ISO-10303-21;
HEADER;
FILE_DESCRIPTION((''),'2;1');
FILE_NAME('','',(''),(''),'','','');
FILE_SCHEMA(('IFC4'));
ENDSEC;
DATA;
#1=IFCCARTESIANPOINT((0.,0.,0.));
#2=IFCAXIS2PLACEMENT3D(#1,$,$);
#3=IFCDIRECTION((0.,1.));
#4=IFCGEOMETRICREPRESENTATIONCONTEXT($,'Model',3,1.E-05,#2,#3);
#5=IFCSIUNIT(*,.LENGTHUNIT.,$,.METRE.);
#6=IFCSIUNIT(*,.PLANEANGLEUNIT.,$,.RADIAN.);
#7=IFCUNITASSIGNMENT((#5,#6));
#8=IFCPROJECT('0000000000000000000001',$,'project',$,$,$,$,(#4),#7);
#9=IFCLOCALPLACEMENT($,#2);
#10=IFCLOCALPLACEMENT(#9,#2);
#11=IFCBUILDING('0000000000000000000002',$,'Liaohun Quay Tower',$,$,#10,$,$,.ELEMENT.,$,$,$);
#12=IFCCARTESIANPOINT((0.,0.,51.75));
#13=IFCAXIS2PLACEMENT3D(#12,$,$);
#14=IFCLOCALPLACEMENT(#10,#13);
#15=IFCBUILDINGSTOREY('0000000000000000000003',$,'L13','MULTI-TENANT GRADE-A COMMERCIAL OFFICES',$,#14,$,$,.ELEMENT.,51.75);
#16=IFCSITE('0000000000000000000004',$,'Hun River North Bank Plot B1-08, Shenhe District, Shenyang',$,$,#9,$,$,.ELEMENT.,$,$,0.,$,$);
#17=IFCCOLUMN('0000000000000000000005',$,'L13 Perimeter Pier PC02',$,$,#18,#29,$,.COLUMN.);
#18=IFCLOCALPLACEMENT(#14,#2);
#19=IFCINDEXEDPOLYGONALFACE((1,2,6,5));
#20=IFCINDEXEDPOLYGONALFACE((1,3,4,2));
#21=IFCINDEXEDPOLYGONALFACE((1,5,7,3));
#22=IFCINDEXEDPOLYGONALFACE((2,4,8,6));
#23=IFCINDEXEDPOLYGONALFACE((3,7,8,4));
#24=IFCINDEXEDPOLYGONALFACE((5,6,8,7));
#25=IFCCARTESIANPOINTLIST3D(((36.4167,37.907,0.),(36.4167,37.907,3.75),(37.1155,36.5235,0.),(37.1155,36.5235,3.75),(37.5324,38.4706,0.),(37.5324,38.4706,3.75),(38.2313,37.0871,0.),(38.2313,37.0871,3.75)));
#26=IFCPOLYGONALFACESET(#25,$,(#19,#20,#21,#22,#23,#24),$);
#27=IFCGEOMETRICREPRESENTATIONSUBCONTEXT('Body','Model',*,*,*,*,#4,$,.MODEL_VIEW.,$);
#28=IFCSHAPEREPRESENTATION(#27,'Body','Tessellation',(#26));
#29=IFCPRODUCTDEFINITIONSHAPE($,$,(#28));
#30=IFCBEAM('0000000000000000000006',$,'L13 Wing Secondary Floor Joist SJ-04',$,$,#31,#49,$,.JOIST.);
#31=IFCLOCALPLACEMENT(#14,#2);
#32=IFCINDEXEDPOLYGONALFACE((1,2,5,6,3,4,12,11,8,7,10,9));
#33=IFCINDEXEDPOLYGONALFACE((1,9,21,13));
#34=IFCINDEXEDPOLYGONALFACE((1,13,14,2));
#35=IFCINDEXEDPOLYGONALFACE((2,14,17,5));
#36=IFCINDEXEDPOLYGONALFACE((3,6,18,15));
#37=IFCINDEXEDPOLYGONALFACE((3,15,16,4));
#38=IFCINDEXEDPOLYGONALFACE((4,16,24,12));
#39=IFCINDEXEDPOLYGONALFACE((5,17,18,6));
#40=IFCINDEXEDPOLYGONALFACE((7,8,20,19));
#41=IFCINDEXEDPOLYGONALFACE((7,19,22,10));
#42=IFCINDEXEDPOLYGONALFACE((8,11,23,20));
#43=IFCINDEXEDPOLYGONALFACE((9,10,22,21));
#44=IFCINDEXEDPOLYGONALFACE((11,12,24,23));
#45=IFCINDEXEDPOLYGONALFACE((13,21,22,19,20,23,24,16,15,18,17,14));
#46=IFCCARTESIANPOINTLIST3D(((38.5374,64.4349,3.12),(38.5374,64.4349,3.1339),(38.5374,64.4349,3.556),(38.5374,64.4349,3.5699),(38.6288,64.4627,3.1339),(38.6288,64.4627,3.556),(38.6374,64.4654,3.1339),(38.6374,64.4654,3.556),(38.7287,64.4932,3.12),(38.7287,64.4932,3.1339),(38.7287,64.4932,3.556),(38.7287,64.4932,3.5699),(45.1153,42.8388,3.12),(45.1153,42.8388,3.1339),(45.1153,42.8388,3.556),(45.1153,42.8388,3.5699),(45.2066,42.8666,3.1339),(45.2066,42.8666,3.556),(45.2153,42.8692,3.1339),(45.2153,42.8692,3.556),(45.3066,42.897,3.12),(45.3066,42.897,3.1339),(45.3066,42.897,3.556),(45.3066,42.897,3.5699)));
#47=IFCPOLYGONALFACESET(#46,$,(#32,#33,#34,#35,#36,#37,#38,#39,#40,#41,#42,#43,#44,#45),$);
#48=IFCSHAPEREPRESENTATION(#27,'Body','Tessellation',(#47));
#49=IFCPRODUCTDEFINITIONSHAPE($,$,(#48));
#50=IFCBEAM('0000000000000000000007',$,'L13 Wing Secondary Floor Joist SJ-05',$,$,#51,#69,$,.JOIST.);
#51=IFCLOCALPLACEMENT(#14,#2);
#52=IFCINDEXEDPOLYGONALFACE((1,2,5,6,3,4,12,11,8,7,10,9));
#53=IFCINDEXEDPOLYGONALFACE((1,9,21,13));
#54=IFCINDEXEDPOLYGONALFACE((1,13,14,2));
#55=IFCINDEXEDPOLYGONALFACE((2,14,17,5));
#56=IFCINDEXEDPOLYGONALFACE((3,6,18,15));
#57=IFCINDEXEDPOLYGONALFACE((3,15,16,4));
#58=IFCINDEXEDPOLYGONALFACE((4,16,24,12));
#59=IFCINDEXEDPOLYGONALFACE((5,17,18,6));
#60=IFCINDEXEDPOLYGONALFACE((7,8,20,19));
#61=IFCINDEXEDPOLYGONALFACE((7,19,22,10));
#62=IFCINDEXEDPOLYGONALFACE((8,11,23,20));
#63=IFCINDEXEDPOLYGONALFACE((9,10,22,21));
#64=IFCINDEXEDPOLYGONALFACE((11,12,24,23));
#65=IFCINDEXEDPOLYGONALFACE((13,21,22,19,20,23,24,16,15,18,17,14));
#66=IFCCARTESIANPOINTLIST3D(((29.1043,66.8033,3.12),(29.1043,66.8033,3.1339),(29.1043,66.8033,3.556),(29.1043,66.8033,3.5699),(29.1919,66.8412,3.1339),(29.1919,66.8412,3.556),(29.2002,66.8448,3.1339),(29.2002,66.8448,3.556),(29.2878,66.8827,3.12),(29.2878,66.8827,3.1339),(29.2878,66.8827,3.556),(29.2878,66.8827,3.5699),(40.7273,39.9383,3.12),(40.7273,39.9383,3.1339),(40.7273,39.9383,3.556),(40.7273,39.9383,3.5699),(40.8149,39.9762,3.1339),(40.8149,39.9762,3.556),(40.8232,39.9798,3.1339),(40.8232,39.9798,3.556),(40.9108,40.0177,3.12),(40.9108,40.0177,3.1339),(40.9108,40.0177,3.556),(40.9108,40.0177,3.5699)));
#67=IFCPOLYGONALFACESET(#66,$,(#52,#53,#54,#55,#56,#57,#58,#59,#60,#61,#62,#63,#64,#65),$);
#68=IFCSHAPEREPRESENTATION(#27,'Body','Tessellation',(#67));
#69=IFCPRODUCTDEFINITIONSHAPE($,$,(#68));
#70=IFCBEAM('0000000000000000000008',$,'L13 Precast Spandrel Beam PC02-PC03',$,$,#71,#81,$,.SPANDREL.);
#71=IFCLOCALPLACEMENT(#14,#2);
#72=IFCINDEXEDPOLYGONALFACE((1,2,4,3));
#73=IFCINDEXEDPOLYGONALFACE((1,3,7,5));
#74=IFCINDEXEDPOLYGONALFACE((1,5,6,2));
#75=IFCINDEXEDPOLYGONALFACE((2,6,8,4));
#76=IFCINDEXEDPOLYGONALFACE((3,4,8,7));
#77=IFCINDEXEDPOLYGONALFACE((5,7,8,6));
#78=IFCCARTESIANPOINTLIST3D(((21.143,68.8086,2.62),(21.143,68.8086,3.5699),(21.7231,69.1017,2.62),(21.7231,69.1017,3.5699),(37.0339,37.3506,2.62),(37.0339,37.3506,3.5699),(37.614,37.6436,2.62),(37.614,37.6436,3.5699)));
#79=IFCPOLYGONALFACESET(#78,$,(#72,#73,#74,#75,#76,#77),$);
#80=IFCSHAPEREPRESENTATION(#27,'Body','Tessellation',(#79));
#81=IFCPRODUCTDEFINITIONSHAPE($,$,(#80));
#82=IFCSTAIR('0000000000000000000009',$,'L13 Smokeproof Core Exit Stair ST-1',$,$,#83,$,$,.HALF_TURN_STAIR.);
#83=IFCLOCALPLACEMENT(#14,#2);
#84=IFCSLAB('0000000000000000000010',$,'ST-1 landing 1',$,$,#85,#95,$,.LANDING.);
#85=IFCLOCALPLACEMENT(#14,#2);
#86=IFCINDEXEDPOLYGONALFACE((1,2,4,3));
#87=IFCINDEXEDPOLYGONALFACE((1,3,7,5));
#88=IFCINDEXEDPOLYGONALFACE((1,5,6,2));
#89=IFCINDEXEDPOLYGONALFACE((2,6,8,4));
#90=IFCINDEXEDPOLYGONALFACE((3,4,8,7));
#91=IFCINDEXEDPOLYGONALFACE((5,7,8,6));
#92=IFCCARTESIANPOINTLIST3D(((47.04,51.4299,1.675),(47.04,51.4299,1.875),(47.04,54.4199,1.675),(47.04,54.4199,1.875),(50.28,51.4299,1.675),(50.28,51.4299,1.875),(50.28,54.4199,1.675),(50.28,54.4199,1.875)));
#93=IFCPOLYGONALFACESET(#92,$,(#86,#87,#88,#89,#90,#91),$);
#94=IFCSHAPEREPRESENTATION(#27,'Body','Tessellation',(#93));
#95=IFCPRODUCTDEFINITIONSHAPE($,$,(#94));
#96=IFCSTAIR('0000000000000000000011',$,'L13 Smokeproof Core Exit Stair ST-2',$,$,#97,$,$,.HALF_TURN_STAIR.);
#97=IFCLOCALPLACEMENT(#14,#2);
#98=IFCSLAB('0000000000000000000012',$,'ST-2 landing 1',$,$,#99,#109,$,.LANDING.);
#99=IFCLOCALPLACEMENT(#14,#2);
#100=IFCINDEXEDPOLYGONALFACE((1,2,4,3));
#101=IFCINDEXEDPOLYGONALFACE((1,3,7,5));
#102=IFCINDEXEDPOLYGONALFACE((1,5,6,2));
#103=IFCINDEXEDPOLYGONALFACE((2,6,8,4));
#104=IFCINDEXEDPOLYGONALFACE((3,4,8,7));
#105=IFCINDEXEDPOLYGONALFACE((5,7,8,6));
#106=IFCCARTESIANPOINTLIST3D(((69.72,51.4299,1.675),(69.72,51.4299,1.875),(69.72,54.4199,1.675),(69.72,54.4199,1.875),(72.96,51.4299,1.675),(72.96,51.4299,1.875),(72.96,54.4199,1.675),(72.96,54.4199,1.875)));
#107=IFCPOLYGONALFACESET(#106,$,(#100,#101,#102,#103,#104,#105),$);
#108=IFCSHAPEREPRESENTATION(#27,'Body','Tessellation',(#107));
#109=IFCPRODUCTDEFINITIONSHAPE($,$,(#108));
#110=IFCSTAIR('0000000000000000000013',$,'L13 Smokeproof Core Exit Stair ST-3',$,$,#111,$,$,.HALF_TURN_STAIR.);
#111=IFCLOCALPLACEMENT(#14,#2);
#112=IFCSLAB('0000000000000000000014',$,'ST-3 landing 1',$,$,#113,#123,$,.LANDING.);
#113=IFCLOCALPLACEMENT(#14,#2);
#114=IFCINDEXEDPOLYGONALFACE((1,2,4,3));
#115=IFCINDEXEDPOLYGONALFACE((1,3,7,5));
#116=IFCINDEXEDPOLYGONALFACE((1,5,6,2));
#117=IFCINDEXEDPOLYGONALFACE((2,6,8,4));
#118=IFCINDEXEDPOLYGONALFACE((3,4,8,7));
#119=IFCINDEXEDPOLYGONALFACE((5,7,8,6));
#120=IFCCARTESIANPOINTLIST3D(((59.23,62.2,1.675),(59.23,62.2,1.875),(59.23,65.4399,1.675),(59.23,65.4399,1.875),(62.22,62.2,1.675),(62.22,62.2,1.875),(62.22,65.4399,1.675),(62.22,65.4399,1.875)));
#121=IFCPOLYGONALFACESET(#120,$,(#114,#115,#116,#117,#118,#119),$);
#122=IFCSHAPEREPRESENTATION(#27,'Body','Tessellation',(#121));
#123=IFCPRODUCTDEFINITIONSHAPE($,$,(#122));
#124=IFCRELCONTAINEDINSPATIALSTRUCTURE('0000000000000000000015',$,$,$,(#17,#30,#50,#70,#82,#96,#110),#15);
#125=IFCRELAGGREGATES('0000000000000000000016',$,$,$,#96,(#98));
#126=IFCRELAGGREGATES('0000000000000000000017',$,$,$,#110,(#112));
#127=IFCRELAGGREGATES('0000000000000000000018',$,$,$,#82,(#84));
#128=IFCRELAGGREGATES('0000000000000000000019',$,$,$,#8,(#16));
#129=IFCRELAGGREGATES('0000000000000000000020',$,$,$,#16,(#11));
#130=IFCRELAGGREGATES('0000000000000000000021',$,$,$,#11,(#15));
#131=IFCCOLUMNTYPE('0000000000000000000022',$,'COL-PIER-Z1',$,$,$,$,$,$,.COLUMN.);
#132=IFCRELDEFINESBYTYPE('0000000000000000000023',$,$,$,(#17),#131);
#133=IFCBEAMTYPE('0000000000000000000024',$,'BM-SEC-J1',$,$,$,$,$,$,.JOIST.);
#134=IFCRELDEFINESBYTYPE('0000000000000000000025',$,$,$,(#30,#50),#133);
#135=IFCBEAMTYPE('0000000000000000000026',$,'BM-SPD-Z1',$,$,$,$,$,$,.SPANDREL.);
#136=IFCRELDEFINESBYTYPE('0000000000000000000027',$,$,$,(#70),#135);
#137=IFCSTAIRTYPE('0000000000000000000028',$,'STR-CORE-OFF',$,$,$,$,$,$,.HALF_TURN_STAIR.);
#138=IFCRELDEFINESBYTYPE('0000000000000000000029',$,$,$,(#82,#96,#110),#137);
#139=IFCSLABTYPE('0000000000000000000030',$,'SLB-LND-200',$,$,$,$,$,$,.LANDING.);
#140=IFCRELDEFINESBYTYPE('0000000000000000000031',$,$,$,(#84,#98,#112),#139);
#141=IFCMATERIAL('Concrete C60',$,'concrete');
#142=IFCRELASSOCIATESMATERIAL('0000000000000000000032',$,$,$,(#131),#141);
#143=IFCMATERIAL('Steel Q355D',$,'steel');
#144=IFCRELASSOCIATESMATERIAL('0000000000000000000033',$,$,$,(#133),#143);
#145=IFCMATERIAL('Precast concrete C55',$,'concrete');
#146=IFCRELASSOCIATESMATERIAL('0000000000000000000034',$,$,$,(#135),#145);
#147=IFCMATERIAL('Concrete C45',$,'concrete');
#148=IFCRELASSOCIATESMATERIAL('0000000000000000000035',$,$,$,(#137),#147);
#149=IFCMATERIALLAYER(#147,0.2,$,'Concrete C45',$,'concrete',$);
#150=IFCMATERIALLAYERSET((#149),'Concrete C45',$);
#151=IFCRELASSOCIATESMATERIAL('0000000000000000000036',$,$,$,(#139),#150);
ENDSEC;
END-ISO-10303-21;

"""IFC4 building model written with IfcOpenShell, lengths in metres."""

from ifc_helpers import new_model, si_unit, direction, frame, origin, origin_2d, place, context, subcontext, project, spatial, polyline, rectangle, i_section, outline, extrude, source, transform, mapped, material, layer, layer_set, material_profile, profile_set, type_object, element, aggregate, save


model = new_model("IFC4")

# Units and contexts
model_context = context("Model", 3, precision=1e-05, world=origin(), true_north=direction((0.0, 1.0)))
body_context = subcontext(model_context, "Body", "Model", "MODEL_VIEW")
ifc_project = project(units=[si_unit("LENGTHUNIT", "METRE"), si_unit("PLANEANGLEUNIT", "RADIAN")], contexts=[model_context])

# Site, building, storey
site_placement = place(None, origin())
site = spatial("IfcSite", under=ifc_project, at=site_placement, Name="Hun River North Bank Plot B1-08, Shenhe District, Shenyang", CompositionType="ELEMENT", RefElevation=0.0)
building_placement = place(site_placement, origin())
building = spatial("IfcBuilding", under=site, at=building_placement, Name="Liaohun Quay Tower", CompositionType="ELEMENT")
storey_placement = place(building_placement, frame((0.0, 0.0, 51.75)))
storey = spatial("IfcBuildingStorey", under=building, at=storey_placement, Name="L13", Description="MULTI-TENANT GRADE-A COMMERCIAL OFFICES", CompositionType="ELEMENT", Elevation=51.75)

# Column
ifc_material_1 = material(Name="Concrete C60", Category="concrete")
ifc_material_profile_1 = material_profile(ifc_material_1, rectangle(XDim=1.55, YDim=1.25, at=origin_2d()), Name="RC1550x1250")
ifc_profile_set_1 = profile_set([ifc_material_profile_1], Name="Concrete C60")
column_type = type_object("IfcColumnType", Name="COL-PIER-Z1", PredefinedType="COLUMN", material=ifc_profile_set_1)
shared_shape_1 = source(origin(), body_context, "Body", "SweptSolid", [
    extrude(rectangle(XDim=1.55, YDim=1.25, at=origin_2d()), origin(), (0.0, 0.0, 1.0), 3.75),
])
column_placement = place(storey_placement, frame((37.324, 37.4971, 0.0), z_axis=(0.0, 0.0, 1.0), x_axis=(-0.450878, 0.892586, 0.0)))
element("IfcColumn", 1, at=column_placement, inside=storey, type_object=column_type, Name="L13 Perimeter Pier PC02", PredefinedType="COLUMN", context=body_context, shape_type="MappedRepresentation", body=[
    mapped(shared_shape_1, transform((0.0, 0.0, 0.0), x_axis=(1.0, 0.0, 0.0), y_axis=(0.0, 1.0, 0.0), z_axis=(0.0, 0.0, 1.0), scale=1.0)),
])

# Beams
ifc_material_2 = material(Name="Steel Q355D", Category="steel")
ifc_material_profile_2 = material_profile(ifc_material_2, i_section(OverallWidth=0.2, OverallDepth=0.45, WebThickness=0.009, FlangeThickness=0.0139, at=origin_2d()), Name="HN450x200x9x14")
ifc_profile_set_2 = profile_set([ifc_material_profile_2], Name="Steel Q355D")
beam_type_1 = type_object("IfcBeamType", Name="BM-SEC-J1", PredefinedType="JOIST", material=ifc_profile_set_2)
shared_shape_2 = source(origin(), body_context, "Body", "SweptSolid", [
    extrude(i_section(OverallWidth=0.2, OverallDepth=0.45, WebThickness=0.009, FlangeThickness=0.0139, at=origin_2d()), origin(), (0.0, 0.0, 1.0), 22.5757),
])
beam_1_placement = place(storey_placement, frame((45.2109, 42.8679, 3.345), z_axis=(-0.291369, 0.956611, 0.0), x_axis=(-0.956611, -0.291369, 0.0)))
element("IfcBeam", 2, at=beam_1_placement, inside=storey, type_object=beam_type_1, Name="L13 Wing Secondary Floor Joist SJ-04", PredefinedType="JOIST", context=body_context, shape_type="MappedRepresentation", body=[
    mapped(shared_shape_2, transform((0.0, 0.0, 0.0), x_axis=(1.0, 0.0, 0.0), y_axis=(0.0, 1.0, 0.0), z_axis=(0.0, 0.0, 1.0), scale=1.0)),
])
shared_shape_3 = source(origin(), body_context, "Body", "SweptSolid", [
    extrude(i_section(OverallWidth=0.2, OverallDepth=0.45, WebThickness=0.009, FlangeThickness=0.0139, at=origin_2d()), origin(), (0.0, 0.0, 1.0), 29.2715),
])
beam_2_placement = place(storey_placement, frame((40.8191, 39.978, 3.345), z_axis=(-0.397077, 0.917785, 0.0), x_axis=(-0.917785, -0.397077, 0.0)))
element("IfcBeam", 3, at=beam_2_placement, inside=storey, type_object=beam_type_1, Name="L13 Wing Secondary Floor Joist SJ-05", PredefinedType="JOIST", context=body_context, shape_type="MappedRepresentation", body=[
    mapped(shared_shape_3, transform((0.0, 0.0, 0.0), x_axis=(1.0, 0.0, 0.0), y_axis=(0.0, 1.0, 0.0), z_axis=(0.0, 0.0, 1.0), scale=1.0)),
])
ifc_material_3 = material(Name="Precast concrete C55", Category="concrete")
ifc_material_profile_3 = material_profile(ifc_material_3, rectangle(XDim=0.6499, YDim=0.95, at=origin_2d()), Name="RC650x950")
ifc_profile_set_3 = profile_set([ifc_material_profile_3], Name="Precast concrete C55")
beam_type_2 = type_object("IfcBeamType", Name="BM-SPD-Z1", PredefinedType="SPANDREL", material=ifc_profile_set_3)
shared_shape_4 = source(origin(), body_context, "Body", "SweptSolid", [
    extrude(rectangle(XDim=0.6499, YDim=0.95, at=origin_2d()), origin(), (0.0, 0.0, 1.0), 35.2439),
])
beam_3_placement = place(storey_placement, frame((37.324, 37.4971, 3.095), z_axis=(-0.450884, 0.892583, 0.0), x_axis=(-0.892583, -0.450884, 0.0)))
element("IfcBeam", 4, at=beam_3_placement, inside=storey, type_object=beam_type_2, Name="L13 Precast Spandrel Beam PC02-PC03", PredefinedType="SPANDREL", context=body_context, shape_type="MappedRepresentation", body=[
    mapped(shared_shape_4, transform((0.0, 0.0, 0.0), x_axis=(1.0, 0.0, 0.0), y_axis=(0.0, 1.0, 0.0), z_axis=(0.0, 0.0, 1.0), scale=1.0)),
])

# Stairs, slabs
ifc_material_4 = material(Name="Concrete C45", Category="concrete")
stair_type = type_object("IfcStairType", Name="STR-CORE-OFF", PredefinedType="HALF_TURN_STAIR", material=ifc_material_4)
stair_1_placement = place(storey_placement, origin())
stair_1 = element("IfcStair", 5, at=stair_1_placement, inside=storey, type_object=stair_type, Name="L13 Smokeproof Core Exit Stair ST-1", PredefinedType="HALF_TURN_STAIR")
ifc_layer_1 = layer(ifc_material_4, 0.2, Name="Concrete C45", Category="concrete")
ifc_layer_set_1 = layer_set([ifc_layer_1], Name="Concrete C45")
slab_type_1 = type_object("IfcSlabType", Name="SLB-LND-200", PredefinedType="LANDING", material=ifc_layer_set_1)
slab_1_placement = place(storey_placement, frame((0.0, 0.0, 1.675)))
slab_1 = element("IfcSlab", 6, at=slab_1_placement, type_object=slab_type_1, Name="ST-1 landing 1", PredefinedType="LANDING", context=body_context, shape_type="SweptSolid", body=[
    extrude(outline(polyline([(50.28, 51.4299), (50.28, 54.4199), (47.04, 54.4199), (47.04, 51.4299), (50.28, 51.4299)])), origin(), (0.0, 0.0, 1.0), 0.2),
])
stair_2_placement = place(storey_placement, origin())
stair_2 = element("IfcStair", 7, at=stair_2_placement, inside=storey, type_object=stair_type, Name="L13 Smokeproof Core Exit Stair ST-2", PredefinedType="HALF_TURN_STAIR")
slab_2_placement = place(storey_placement, frame((0.0, 0.0, 1.675)))
slab_2 = element("IfcSlab", 8, at=slab_2_placement, type_object=slab_type_1, Name="ST-2 landing 1", PredefinedType="LANDING", context=body_context, shape_type="SweptSolid", body=[
    extrude(outline(polyline([(72.96, 51.4299), (72.96, 54.4199), (69.72, 54.4199), (69.72, 51.4299), (72.96, 51.4299)])), origin(), (0.0, 0.0, 1.0), 0.2),
])
aggregate(stair_2, [slab_2])
stair_3_placement = place(storey_placement, origin())
stair_3 = element("IfcStair", 9, at=stair_3_placement, inside=storey, type_object=stair_type, Name="L13 Smokeproof Core Exit Stair ST-3", PredefinedType="HALF_TURN_STAIR")
slab_3_placement = place(storey_placement, frame((0.0, 0.0, 1.675)))
slab_3 = element("IfcSlab", 10, at=slab_3_placement, type_object=slab_type_1, Name="ST-3 landing 1", PredefinedType="LANDING", context=body_context, shape_type="SweptSolid", body=[
    extrude(outline(polyline([(59.23, 62.2), (62.22, 62.2), (62.22, 65.4399), (59.23, 65.4399), (59.23, 62.2)])), origin(), (0.0, 0.0, 1.0), 0.2),
])
aggregate(stair_3, [slab_3])

aggregate(stair_1, [slab_1])

save(model, "model.ifc")
